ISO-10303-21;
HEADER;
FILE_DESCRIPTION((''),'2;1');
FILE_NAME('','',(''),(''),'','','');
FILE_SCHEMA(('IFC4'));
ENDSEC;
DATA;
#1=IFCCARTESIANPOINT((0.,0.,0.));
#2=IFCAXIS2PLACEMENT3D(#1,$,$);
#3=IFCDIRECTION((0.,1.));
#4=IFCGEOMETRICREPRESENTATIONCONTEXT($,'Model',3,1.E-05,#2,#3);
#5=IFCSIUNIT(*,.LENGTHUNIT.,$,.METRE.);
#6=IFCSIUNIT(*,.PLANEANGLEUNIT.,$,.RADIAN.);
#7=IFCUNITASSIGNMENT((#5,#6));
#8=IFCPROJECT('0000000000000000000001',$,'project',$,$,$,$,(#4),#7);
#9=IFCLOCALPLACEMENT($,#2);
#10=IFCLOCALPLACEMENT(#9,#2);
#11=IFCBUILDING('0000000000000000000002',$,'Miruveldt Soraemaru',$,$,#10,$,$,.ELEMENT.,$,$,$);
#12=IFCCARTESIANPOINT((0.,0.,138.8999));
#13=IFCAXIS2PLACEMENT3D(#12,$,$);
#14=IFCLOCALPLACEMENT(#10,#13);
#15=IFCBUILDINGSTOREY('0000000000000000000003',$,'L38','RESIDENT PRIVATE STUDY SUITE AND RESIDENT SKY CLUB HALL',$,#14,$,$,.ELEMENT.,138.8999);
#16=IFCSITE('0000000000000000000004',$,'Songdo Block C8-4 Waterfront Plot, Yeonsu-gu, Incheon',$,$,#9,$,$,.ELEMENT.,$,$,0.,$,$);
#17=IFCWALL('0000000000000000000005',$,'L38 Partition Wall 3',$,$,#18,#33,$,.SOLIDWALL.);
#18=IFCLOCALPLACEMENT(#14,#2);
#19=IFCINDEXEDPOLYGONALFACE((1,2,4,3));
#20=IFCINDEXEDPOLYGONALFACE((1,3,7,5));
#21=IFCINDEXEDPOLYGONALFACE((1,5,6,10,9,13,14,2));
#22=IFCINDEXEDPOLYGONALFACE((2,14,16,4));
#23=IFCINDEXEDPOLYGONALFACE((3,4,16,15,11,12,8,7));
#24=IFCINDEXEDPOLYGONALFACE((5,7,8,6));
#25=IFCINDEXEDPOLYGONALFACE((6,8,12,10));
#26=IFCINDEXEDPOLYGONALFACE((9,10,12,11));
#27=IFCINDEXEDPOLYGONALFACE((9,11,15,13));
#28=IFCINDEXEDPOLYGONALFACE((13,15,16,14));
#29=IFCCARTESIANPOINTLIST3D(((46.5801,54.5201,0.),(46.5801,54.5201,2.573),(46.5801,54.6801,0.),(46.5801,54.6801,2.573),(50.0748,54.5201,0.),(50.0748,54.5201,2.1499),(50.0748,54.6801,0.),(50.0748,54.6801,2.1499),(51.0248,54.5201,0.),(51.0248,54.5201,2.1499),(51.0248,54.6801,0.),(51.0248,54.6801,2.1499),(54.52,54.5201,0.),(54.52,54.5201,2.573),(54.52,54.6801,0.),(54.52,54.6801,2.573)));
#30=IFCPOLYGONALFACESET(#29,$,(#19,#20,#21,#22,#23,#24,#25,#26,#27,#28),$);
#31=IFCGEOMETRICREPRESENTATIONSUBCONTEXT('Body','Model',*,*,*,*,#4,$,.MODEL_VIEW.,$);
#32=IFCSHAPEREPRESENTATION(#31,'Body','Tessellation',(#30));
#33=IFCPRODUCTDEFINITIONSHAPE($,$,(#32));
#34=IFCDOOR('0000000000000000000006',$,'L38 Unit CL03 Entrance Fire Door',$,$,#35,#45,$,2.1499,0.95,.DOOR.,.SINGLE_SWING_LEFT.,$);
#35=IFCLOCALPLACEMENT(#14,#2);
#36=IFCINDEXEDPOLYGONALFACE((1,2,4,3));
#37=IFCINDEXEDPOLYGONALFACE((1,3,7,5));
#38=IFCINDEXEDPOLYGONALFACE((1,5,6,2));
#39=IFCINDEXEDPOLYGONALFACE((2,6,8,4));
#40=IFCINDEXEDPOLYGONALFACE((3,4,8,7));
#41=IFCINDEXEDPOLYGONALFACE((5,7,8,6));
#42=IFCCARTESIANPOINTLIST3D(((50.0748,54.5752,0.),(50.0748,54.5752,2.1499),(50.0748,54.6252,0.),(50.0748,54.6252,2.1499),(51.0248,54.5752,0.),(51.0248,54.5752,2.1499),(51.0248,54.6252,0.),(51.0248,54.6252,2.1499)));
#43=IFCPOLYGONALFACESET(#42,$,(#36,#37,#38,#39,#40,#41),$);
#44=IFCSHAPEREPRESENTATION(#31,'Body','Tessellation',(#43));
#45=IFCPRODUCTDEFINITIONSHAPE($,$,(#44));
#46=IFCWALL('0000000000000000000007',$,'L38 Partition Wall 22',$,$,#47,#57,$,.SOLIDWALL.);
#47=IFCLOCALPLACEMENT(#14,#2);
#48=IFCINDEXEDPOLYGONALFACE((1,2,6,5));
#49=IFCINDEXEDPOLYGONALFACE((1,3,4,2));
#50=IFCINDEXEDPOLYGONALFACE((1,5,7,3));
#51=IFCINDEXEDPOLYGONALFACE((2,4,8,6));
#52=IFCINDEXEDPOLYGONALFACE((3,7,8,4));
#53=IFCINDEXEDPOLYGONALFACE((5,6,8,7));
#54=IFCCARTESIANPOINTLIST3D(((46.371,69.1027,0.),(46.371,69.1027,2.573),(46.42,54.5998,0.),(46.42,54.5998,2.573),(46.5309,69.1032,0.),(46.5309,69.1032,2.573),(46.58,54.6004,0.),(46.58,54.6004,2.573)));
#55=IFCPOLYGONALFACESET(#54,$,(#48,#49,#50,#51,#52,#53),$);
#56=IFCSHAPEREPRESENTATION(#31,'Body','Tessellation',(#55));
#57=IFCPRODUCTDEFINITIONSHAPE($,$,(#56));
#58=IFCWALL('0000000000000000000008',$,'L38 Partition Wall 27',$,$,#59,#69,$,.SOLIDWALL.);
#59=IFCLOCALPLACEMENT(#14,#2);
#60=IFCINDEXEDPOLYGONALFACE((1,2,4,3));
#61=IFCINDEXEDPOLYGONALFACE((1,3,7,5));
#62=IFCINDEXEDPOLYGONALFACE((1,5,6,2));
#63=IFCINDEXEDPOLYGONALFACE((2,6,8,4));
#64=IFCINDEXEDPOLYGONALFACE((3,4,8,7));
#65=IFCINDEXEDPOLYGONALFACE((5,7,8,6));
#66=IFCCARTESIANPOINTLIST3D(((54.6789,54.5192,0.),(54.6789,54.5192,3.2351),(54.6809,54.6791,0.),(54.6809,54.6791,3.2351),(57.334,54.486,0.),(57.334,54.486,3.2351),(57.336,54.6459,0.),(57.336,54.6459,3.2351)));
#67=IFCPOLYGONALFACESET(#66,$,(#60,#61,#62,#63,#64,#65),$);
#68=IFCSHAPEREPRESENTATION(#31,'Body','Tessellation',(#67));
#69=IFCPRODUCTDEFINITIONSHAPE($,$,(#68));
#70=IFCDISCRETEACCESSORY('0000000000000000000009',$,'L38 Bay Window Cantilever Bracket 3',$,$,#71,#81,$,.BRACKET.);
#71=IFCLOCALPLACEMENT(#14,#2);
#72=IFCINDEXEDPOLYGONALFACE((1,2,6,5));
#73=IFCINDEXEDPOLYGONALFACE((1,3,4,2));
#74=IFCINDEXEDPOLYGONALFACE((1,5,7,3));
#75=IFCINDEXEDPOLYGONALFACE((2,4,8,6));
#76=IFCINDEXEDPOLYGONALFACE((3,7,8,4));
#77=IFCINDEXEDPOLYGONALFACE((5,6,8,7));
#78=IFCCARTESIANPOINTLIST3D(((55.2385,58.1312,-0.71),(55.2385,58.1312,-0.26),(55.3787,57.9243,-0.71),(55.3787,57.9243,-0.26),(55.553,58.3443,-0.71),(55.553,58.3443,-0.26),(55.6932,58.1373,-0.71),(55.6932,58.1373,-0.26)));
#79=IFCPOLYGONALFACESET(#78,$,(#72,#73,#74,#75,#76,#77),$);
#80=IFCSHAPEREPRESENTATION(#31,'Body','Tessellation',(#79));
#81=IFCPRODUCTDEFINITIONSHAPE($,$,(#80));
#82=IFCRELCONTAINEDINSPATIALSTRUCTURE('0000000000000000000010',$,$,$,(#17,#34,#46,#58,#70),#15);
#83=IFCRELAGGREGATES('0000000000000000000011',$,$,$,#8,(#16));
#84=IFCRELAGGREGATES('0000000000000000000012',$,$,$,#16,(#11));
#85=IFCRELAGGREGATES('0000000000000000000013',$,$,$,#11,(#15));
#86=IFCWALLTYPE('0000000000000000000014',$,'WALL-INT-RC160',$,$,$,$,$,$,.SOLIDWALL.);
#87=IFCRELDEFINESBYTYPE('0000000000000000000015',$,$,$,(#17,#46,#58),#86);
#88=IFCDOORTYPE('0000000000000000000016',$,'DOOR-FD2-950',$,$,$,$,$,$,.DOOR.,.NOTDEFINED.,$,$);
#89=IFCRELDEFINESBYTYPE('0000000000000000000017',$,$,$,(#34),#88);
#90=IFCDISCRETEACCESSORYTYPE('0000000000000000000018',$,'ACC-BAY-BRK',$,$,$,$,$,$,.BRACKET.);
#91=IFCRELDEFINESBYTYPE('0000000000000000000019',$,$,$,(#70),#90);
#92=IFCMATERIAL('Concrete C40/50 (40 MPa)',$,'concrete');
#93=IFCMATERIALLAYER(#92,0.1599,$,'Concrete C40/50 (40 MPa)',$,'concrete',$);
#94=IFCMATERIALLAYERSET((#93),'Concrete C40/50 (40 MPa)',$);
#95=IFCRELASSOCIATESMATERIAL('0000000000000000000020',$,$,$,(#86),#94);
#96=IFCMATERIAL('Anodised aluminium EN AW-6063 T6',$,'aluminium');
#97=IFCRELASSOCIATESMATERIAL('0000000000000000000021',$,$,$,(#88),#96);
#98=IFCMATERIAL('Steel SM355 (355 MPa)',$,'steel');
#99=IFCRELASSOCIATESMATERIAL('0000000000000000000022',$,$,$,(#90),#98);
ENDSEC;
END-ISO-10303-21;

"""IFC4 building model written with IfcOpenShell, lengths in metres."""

from ifc_helpers import new_model, si_unit, direction, frame, frame_2d, origin, origin_2d, place, context, subcontext, project, spatial, rectangle, extrude, material, layer, layer_set, type_object, element, fill, save


model = new_model("IFC4")

# Units and contexts
model_context = context("Model", 3, precision=1e-05, world=origin(), true_north=direction((0.0, 1.0)))
body_context = subcontext(model_context, "Body", "Model", "MODEL_VIEW")
ifc_project = project(units=[si_unit("LENGTHUNIT", "METRE"), si_unit("PLANEANGLEUNIT", "RADIAN")], contexts=[model_context])

# Site, building, storey
site_placement = place(None, origin())
site = spatial("IfcSite", under=ifc_project, at=site_placement, Name="Songdo Block C8-4 Waterfront Plot, Yeonsu-gu, Incheon", CompositionType="ELEMENT", RefElevation=0.0)
building_placement = place(site_placement, origin())
building = spatial("IfcBuilding", under=site, at=building_placement, Name="Miruveldt Soraemaru", CompositionType="ELEMENT")
storey_placement = place(building_placement, frame((0.0, 0.0, 138.8999)))
storey = spatial("IfcBuildingStorey", under=building, at=storey_placement, Name="L38", Description="RESIDENT PRIVATE STUDY SUITE AND RESIDENT SKY CLUB HALL", CompositionType="ELEMENT", Elevation=138.8999)

# Shared definitions
ifc_material_1 = material(Name="Steel SM355 (355 MPa)", Category="steel")

# Shared definitions
ifc_material_2 = material(Name="Anodised aluminium EN AW-6063 T6", Category="aluminium")

# Wall, opening, door
ifc_material_3 = material(Name="Concrete C40/50 (40 MPa)", Category="concrete")
ifc_layer_1 = layer(ifc_material_3, 0.1599, Name="Concrete C40/50 (40 MPa)", Category="concrete")
ifc_layer_set_1 = layer_set([ifc_layer_1], Name="Concrete C40/50 (40 MPa)")
wall_type_1 = type_object("IfcWallType", Name="WALL-INT-RC160", PredefinedType="SOLIDWALL", material=ifc_layer_set_1)
door_type_1 = type_object("IfcDoorType", Name="DOOR-FD2-950", OperationType="NOTDEFINED", PredefinedType="DOOR", material=ifc_material_2)
wall_1_placement = place(storey_placement, frame((54.52, 54.6001, 0.0), z_axis=(0.0, 0.0, 1.0), x_axis=(-1.0, 0.0, 0.0)))
wall_1 = element("IfcWall", 1, at=wall_1_placement, inside=storey, type_object=wall_type_1, Name="L38 Partition Wall 3", PredefinedType="SOLIDWALL", context=body_context, shape_type="SweptSolid", body=[
    extrude(rectangle(XDim=7.9399, YDim=0.1599, at=frame_2d((3.97, 0.0))), origin(), (0.0, 0.0, 1.0), 2.573),
])
opening_1_placement = place(wall_1_placement, frame((3.4951, 0.0, 0.0)))
opening_1 = element("IfcOpeningElement", 2, at=opening_1_placement, cuts=wall_1, PredefinedType="OPENING", context=body_context, shape_type="SweptSolid", body=[
    extrude(rectangle(XDim=0.95, YDim=2.1499, at=frame_2d((0.4751, 1.075))), frame((0.0, 0.0898, 0.0), z_axis=(0.0, -1.0, 0.0), x_axis=(1.0, 0.0, 0.0)), (0.0, 0.0, 1.0), 0.1799),
])
door_1_placement = place(opening_1_placement, origin())
door_1 = element("IfcDoor", 3, at=door_1_placement, inside=storey, type_object=door_type_1, Name="L38 Unit CL03 Entrance Fire Door", OperationType="SINGLE_SWING_LEFT", OverallHeight=2.1499, OverallWidth=0.95, PredefinedType="DOOR", context=body_context, shape_type="SweptSolid", body=[
    extrude(rectangle(XDim=0.95, YDim=2.1499, at=frame_2d((0.4751, 1.075))), frame((0.0, 0.0249, 0.0), z_axis=(0.0, -1.0, 0.0), x_axis=(1.0, 0.0, 0.0)), (0.0, 0.0, 1.0), 0.05),
])
fill(opening_1, door_1)

# Walls
wall_2_placement = place(storey_placement, frame((46.5, 54.6001, 0.0), z_axis=(0.0, 0.0, 1.0), x_axis=(-0.003384, 0.999994, 0.0)))
element("IfcWall", 4, at=wall_2_placement, inside=storey, type_object=wall_type_1, Name="L38 Partition Wall 22", PredefinedType="SOLIDWALL", context=body_context, shape_type="SweptSolid", body=[
    extrude(rectangle(XDim=14.5029, YDim=0.1599, at=frame_2d((7.2515, 0.0))), origin(), (0.0, 0.0, 1.0), 2.573),
])
wall_3_placement = place(storey_placement, frame((54.6799, 54.5991, 0.0), z_axis=(0.0, 0.0, 1.0), x_axis=(0.999922, -0.012505, 0.0)))
element("IfcWall", 5, at=wall_3_placement, inside=storey, type_object=wall_type_1, Name="L38 Partition Wall 27", PredefinedType="SOLIDWALL", context=body_context, shape_type="SweptSolid", body=[
    extrude(rectangle(XDim=2.6553, YDim=0.1599, at=frame_2d((1.3276, 0.0))), origin(), (0.0, 0.0, 1.0), 3.2351),
])

# Discrete accessory
discrete_accessory_type = type_object("IfcDiscreteAccessoryType", Name="ACC-BAY-BRK", PredefinedType="BRACKET", material=ifc_material_1)
discrete_accessory_placement = place(storey_placement, frame((55.4658, 58.1343, -0.71), z_axis=(0.0, 0.0, 1.0), x_axis=(0.827933, 0.560827, 0.0)))
element("IfcDiscreteAccessory", 6, at=discrete_accessory_placement, inside=storey, type_object=discrete_accessory_type, Name="L38 Bay Window Cantilever Bracket 3", PredefinedType="BRACKET", context=body_context, shape_type="SweptSolid", body=[
    extrude(rectangle(XDim=0.3799, YDim=0.25, at=origin_2d()), origin(), (0.0, 0.0, 1.0), 0.45),
])

save(model, "model.ifc")
